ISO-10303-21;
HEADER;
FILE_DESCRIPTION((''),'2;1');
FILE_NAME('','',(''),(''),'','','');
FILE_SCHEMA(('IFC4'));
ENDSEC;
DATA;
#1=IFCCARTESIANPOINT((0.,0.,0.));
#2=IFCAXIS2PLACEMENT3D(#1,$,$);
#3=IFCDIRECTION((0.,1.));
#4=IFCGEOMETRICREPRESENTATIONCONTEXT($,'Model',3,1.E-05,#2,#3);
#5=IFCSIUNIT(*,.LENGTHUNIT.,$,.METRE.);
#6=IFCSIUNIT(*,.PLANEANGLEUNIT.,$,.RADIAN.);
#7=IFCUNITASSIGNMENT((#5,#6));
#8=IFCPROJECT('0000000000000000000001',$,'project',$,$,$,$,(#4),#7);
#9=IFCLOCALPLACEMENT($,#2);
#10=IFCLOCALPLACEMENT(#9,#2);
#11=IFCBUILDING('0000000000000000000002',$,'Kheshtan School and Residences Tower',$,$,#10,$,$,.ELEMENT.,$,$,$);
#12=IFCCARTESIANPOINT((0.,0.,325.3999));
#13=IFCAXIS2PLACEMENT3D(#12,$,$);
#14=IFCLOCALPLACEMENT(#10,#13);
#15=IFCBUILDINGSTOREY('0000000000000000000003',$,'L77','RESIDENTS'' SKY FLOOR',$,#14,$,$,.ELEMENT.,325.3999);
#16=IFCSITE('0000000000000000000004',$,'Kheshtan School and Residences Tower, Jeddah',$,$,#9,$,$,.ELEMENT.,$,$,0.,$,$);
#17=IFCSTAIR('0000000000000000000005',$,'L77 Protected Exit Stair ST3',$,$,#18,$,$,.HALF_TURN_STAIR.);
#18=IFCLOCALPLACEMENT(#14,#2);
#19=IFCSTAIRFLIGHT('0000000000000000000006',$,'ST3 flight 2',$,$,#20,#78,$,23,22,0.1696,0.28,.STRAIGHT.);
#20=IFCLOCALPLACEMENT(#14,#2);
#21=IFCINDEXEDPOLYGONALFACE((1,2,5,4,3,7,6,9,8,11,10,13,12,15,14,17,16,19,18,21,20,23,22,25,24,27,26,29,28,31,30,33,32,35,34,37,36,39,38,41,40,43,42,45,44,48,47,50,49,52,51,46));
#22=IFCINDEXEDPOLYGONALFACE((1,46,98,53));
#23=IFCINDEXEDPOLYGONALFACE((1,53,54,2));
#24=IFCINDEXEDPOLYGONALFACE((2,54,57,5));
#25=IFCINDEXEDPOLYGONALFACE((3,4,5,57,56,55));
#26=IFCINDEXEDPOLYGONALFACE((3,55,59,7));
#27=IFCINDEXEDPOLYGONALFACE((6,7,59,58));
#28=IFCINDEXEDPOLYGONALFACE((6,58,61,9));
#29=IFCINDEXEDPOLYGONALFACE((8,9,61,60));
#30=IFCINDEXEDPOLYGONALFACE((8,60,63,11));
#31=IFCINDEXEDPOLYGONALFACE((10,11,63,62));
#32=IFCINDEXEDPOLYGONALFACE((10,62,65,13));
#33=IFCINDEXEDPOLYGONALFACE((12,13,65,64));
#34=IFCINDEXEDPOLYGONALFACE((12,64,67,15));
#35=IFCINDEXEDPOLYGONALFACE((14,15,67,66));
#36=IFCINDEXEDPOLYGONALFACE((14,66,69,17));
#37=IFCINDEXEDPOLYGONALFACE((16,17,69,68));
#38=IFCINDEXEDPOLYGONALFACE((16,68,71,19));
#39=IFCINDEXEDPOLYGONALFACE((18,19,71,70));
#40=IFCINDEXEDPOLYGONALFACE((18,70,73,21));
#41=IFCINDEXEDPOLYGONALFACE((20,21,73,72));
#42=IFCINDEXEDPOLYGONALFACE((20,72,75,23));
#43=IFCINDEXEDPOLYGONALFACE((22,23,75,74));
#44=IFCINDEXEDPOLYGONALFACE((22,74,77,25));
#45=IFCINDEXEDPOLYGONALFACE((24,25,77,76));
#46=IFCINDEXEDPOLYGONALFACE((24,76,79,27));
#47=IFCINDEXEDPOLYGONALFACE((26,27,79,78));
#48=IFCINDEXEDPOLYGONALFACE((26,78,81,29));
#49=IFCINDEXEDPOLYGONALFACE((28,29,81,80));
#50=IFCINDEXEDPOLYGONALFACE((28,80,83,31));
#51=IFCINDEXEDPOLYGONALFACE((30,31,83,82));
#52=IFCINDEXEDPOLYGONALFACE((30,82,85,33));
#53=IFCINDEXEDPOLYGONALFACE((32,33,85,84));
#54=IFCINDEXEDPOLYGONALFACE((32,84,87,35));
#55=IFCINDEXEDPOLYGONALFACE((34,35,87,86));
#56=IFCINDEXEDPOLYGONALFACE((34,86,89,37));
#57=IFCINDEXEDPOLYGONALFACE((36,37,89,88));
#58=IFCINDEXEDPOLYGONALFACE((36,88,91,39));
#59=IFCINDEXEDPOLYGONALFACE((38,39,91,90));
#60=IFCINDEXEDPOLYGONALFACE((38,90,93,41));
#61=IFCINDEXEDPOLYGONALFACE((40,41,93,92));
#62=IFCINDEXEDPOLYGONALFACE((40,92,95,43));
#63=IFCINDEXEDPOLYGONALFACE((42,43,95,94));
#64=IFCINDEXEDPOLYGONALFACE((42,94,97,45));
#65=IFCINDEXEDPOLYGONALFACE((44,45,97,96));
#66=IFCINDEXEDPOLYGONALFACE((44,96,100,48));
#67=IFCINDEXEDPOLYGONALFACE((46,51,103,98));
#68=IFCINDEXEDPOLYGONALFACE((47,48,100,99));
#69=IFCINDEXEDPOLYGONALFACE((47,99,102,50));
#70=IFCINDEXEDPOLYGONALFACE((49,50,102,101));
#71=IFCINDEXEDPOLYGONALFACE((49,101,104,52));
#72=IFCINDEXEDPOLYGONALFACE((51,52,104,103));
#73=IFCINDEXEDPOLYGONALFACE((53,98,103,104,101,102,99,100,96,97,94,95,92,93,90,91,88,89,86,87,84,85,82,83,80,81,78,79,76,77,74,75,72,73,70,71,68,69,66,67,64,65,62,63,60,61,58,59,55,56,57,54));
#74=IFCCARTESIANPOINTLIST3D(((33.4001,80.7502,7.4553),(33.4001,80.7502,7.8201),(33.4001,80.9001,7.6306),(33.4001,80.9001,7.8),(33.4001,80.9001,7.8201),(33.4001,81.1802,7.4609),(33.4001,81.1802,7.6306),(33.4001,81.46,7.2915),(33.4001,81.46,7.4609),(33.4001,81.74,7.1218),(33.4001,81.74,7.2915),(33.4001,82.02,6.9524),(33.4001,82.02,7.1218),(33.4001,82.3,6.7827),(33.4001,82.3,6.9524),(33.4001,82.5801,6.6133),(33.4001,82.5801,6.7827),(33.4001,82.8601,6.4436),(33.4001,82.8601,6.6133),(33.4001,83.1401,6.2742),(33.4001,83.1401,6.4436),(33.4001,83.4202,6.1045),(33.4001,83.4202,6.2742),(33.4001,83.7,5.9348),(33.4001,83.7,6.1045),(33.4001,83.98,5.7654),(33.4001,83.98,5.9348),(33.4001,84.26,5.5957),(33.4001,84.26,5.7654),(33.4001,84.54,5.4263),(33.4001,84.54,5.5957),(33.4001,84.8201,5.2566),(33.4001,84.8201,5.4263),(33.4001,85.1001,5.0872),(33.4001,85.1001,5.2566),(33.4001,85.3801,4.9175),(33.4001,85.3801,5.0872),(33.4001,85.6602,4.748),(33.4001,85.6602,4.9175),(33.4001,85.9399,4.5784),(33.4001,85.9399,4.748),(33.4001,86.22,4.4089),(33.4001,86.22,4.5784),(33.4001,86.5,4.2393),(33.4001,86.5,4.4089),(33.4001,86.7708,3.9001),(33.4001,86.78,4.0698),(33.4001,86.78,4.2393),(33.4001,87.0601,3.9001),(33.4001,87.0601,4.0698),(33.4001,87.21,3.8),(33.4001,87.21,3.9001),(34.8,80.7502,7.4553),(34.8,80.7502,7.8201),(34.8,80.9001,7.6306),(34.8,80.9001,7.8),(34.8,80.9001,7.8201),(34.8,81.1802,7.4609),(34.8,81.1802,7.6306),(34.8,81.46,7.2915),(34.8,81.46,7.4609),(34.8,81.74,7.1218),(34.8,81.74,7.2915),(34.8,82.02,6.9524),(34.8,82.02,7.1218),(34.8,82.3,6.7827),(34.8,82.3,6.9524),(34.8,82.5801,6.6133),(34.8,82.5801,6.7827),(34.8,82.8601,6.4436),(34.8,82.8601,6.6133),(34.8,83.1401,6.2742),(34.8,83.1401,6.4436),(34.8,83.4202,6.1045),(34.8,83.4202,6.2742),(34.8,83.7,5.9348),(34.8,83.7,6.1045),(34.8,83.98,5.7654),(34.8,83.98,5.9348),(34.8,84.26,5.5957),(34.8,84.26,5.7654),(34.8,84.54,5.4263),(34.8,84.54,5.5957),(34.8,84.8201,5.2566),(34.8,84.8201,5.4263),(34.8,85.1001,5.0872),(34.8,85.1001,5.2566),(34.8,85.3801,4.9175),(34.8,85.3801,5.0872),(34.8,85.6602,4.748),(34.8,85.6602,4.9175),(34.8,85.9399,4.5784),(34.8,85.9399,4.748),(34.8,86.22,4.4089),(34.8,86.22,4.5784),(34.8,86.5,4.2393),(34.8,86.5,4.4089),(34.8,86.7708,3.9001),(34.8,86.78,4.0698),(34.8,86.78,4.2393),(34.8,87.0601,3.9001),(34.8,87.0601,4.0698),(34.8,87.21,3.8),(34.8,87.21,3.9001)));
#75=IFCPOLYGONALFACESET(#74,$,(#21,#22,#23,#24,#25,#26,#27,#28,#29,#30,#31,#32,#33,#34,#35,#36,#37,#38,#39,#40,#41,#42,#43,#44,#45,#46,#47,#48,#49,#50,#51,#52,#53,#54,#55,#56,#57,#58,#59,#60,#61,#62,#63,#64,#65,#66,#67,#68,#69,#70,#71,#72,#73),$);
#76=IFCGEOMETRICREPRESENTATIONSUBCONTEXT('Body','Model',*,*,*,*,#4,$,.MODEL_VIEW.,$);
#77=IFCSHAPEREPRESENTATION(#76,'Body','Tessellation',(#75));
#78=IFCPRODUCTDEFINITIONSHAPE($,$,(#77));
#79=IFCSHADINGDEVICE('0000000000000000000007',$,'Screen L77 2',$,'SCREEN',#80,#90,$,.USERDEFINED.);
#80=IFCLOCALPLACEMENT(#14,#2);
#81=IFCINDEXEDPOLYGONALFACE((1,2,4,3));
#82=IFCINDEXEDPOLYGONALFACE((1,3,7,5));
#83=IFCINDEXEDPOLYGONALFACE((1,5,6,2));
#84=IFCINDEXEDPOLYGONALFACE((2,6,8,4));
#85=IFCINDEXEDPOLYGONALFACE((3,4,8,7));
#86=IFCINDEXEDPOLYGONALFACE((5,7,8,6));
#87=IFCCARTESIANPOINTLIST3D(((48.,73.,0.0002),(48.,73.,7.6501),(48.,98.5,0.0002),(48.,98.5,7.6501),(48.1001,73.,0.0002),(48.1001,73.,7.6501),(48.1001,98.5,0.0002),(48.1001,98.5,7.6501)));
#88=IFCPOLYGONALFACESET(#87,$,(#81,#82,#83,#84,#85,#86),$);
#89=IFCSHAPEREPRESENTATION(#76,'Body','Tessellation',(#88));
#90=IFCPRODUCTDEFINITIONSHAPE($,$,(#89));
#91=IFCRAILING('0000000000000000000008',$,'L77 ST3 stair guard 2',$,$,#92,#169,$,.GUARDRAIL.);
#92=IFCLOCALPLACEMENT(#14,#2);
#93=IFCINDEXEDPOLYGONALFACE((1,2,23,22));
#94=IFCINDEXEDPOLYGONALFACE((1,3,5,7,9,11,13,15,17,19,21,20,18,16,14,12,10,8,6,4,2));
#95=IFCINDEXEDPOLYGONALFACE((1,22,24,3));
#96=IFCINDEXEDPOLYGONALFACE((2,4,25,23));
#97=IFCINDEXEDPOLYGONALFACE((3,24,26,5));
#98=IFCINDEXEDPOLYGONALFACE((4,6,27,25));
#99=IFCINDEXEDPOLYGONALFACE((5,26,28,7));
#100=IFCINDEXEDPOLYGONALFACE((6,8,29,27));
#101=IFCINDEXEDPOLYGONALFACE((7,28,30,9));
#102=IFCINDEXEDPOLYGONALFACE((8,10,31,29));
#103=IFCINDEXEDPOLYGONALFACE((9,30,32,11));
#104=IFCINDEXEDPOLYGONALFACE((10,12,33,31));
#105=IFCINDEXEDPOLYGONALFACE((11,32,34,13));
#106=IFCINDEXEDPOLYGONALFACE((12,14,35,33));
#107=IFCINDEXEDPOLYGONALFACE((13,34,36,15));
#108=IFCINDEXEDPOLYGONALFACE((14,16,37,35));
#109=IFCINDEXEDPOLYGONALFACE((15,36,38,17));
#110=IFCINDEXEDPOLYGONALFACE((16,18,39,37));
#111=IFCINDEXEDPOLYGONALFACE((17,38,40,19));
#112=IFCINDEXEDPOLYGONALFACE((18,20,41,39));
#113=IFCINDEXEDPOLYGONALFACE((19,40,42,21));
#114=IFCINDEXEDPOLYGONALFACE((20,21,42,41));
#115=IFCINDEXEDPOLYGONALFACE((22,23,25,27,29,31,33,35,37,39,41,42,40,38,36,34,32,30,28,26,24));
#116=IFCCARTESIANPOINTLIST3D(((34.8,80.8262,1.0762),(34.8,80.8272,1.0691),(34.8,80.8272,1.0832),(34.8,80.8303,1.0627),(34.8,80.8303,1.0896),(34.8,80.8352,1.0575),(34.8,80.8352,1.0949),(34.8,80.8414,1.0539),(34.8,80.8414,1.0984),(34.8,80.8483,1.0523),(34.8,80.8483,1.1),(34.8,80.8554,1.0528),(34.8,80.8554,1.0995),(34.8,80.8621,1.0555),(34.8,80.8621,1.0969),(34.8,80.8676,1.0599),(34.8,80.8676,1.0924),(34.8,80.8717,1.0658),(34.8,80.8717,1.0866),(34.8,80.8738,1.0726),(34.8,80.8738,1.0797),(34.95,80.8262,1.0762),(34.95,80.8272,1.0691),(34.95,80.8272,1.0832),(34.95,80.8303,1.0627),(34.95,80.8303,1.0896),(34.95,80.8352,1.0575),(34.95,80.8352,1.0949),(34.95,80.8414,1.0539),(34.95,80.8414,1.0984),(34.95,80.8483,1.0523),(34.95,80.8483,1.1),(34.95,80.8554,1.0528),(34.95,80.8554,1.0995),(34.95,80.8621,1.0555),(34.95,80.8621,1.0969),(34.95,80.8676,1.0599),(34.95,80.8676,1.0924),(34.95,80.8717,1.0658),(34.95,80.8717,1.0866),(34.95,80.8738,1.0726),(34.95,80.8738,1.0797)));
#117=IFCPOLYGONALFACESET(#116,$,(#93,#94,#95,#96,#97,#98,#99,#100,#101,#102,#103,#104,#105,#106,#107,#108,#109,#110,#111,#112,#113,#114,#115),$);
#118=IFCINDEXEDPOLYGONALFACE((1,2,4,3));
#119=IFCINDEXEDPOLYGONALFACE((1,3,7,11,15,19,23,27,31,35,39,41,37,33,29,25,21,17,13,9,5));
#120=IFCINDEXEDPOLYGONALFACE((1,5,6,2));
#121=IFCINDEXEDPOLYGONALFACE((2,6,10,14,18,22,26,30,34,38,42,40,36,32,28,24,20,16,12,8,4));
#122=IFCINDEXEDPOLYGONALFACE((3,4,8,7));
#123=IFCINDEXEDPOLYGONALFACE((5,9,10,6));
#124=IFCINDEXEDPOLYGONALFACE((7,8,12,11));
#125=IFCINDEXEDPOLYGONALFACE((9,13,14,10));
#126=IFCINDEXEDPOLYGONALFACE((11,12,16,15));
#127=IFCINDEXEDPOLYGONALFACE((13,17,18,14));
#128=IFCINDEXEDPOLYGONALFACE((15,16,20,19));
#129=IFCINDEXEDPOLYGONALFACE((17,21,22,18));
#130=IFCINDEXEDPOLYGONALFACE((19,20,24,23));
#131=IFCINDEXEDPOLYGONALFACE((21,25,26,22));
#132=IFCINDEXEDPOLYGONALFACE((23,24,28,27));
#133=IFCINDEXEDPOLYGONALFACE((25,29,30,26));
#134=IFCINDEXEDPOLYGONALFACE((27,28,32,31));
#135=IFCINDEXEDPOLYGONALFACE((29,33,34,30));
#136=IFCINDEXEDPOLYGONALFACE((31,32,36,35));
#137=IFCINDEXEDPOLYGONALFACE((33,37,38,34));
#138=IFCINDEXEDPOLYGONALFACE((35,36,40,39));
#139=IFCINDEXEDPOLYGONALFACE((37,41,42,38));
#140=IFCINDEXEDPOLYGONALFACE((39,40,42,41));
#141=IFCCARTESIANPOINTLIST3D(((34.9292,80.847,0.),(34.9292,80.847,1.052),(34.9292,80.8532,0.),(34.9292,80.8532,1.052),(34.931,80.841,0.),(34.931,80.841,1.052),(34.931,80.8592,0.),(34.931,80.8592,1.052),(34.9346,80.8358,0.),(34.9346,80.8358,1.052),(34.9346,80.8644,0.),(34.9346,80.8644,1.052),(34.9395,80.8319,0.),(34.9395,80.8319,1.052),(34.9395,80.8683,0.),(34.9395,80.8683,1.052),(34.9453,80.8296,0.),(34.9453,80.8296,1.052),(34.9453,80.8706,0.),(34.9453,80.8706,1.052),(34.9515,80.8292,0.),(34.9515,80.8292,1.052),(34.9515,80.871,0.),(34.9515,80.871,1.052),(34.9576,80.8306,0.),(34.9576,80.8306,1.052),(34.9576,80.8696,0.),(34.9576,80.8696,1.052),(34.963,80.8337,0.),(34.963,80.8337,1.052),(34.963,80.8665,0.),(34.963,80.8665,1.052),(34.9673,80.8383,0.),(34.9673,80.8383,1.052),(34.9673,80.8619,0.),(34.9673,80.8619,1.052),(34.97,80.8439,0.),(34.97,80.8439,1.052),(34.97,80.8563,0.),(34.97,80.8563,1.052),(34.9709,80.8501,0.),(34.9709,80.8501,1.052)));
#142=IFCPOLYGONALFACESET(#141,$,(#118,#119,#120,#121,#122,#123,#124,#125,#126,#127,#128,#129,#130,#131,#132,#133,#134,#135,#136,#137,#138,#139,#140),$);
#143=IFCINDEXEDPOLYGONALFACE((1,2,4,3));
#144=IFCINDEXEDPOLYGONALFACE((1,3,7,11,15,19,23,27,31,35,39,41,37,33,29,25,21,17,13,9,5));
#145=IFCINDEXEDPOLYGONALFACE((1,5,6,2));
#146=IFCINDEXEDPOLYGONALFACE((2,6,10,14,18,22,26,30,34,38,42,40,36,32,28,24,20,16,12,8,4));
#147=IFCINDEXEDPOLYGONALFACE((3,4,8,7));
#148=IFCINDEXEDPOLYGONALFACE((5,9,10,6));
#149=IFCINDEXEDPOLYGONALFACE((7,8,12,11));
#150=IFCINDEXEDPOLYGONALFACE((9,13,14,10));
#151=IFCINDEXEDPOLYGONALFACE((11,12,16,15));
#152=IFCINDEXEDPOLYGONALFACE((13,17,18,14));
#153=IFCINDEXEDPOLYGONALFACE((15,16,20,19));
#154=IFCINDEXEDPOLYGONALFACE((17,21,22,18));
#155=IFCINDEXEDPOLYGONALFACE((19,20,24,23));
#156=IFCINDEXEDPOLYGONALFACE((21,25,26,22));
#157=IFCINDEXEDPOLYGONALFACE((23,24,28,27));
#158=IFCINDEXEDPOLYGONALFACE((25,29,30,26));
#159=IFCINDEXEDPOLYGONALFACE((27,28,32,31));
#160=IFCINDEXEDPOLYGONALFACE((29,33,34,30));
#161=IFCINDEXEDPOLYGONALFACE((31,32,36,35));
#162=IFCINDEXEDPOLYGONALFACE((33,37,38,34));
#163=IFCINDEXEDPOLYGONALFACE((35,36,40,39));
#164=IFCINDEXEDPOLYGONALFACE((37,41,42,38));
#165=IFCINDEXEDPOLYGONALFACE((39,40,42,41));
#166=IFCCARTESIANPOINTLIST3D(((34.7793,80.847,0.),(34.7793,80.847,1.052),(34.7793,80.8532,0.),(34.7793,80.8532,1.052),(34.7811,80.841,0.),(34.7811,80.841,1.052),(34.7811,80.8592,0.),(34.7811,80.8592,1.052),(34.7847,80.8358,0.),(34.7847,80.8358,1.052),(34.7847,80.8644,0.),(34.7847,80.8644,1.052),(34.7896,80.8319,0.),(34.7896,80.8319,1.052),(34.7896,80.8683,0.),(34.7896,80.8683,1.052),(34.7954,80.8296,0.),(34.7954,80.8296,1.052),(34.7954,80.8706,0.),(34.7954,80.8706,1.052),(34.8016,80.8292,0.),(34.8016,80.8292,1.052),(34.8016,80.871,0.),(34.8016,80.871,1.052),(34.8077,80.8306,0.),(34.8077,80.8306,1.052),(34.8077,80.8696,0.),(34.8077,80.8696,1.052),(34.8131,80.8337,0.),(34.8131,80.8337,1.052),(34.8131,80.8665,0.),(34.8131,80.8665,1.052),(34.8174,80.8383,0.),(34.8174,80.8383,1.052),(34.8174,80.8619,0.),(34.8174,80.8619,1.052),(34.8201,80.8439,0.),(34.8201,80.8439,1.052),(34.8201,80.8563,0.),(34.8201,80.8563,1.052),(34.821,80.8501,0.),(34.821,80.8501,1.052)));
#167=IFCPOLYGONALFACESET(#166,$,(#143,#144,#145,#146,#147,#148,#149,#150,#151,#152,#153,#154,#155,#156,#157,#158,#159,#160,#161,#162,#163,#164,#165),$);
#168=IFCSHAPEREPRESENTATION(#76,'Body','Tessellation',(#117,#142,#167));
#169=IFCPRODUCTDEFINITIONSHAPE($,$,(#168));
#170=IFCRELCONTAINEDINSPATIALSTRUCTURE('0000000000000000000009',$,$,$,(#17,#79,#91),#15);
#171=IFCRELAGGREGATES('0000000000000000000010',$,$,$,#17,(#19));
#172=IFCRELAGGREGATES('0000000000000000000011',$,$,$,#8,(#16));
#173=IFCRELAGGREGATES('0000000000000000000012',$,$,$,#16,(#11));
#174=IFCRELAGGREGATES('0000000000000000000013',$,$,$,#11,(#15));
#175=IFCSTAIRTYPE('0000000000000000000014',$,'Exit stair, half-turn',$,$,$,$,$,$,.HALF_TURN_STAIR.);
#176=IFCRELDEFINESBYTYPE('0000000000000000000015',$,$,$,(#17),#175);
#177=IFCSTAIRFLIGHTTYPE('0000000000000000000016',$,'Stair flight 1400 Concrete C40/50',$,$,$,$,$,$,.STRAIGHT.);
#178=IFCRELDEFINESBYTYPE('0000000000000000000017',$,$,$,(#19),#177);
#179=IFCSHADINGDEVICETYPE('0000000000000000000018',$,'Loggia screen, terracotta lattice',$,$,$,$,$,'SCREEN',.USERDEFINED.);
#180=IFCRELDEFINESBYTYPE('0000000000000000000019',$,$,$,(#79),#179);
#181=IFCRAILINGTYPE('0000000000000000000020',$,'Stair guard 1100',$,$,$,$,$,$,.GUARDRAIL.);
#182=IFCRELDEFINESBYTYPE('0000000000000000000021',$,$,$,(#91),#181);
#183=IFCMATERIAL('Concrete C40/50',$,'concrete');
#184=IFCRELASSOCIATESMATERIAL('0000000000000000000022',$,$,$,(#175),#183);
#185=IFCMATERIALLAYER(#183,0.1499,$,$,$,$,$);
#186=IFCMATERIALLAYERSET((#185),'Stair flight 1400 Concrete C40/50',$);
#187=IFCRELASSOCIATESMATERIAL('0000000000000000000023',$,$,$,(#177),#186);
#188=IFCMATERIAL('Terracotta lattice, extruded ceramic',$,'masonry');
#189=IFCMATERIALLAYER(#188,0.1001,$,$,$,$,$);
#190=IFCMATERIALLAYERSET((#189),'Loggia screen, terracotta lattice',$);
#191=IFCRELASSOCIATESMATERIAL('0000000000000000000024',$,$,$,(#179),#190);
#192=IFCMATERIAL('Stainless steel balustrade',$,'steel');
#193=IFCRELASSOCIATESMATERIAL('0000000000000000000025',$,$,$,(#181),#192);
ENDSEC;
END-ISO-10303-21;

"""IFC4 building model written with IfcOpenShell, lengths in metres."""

from ifc_helpers import new_model, si_unit, direction, frame, origin, origin_2d, place, context, subcontext, project, spatial, polyline, rectangle, circle, outline, extrude, material, layer, layer_set, type_object, element, aggregate, save


model = new_model("IFC4")

# Units and contexts
model_context = context("Model", 3, precision=1e-05, world=origin(), true_north=direction((0.0, 1.0)))
body_context = subcontext(model_context, "Body", "Model", "MODEL_VIEW")
ifc_project = project(units=[si_unit("LENGTHUNIT", "METRE"), si_unit("PLANEANGLEUNIT", "RADIAN")], contexts=[model_context])

# Site, building, storey
site_placement = place(None, origin())
site = spatial("IfcSite", under=ifc_project, at=site_placement, Name="Kheshtan School and Residences Tower, Jeddah", CompositionType="ELEMENT", RefElevation=0.0)
building_placement = place(site_placement, origin())
building = spatial("IfcBuilding", under=site, at=building_placement, Name="Kheshtan School and Residences Tower", CompositionType="ELEMENT")
storey_placement = place(building_placement, frame((0.0, 0.0, 325.3999)))
storey = spatial("IfcBuildingStorey", under=building, at=storey_placement, Name="L77", Description="RESIDENTS' SKY FLOOR", CompositionType="ELEMENT", Elevation=325.3999)

# Shared definitions
ifc_material_1 = material(Name="Concrete C40/50", Category="concrete")

# Stair, stair flight
stair_type = type_object("IfcStairType", Name="Exit stair, half-turn", PredefinedType="HALF_TURN_STAIR", material=ifc_material_1)
stair_placement = place(storey_placement, origin())
stair = element("IfcStair", 1, at=stair_placement, inside=storey, type_object=stair_type, Name="L77 Protected Exit Stair ST3", PredefinedType="HALF_TURN_STAIR")
ifc_layer_1 = layer(ifc_material_1, 0.1499)
ifc_layer_set_1 = layer_set([ifc_layer_1], Name="Stair flight 1400 Concrete C40/50")
stair_flight_type = type_object("IfcStairFlightType", Name="Stair flight 1400 Concrete C40/50", PredefinedType="STRAIGHT", material=ifc_layer_set_1)
stair_flight_1_placement = place(storey_placement, frame((34.1001, 87.0601, 3.9001), z_axis=(0.0, 0.0, 1.0), x_axis=(0.0, -1.0, 0.0)))
stair_flight_1 = element("IfcStairFlight", 2, at=stair_flight_1_placement, type_object=stair_flight_type, Name="ST3 flight 2", NumberOfRisers=23, NumberOfTreads=22, PredefinedType="STRAIGHT", RiserHeight=0.1696, TreadLength=0.28, context=body_context, shape_type="SweptSolid", body=[
    extrude(outline(polyline([(-0.1499, -0.1001), (-0.1499, 0.0), (0.0, 0.0), (0.0, 0.1697), (0.28, 0.1697), (0.28, 0.3391), (0.5601, 0.3391), (0.5601, 0.5088), (0.8401, 0.5088), (0.8401, 0.6782), (1.1201, 0.6782), (1.1201, 0.8479), (1.3999, 0.8479), (1.3999, 1.0173), (1.6799, 1.0173), (1.6799, 1.187), (1.96, 1.187), (1.96, 1.3564), (2.24, 1.3564), (2.24, 1.5261), (2.52, 1.5261), (2.52, 1.6956), (2.8, 1.6956), (2.8, 1.8652), (3.0801, 1.8652), (3.0801, 2.0347), (3.3601, 2.0347), (3.3601, 2.2043), (3.6399, 2.2043), (3.6399, 2.374), (3.9199, 2.374), (3.9199, 2.5435), (4.2, 2.5435), (4.2, 2.7131), (4.48, 2.7131), (4.48, 2.8826), (4.76, 2.8826), (4.76, 3.0522), (5.04, 3.0522), (5.04, 3.2217), (5.3201, 3.2217), (5.3201, 3.3914), (5.6001, 3.3914), (5.6001, 3.5608), (5.8799, 3.5608), (5.8799, 3.7305), (6.1599, 3.7305), (6.1599, 3.8999), (6.1599, 3.9199), (6.3098, 3.9199), (6.3098, 3.5552), (0.2893, 0.0), (-0.1499, -0.1001)])), frame((0.0, 0.7, 0.0), z_axis=(0.0, -1.0, 0.0), x_axis=(1.0, 0.0, 0.0)), (0.0, 0.0, 1.0), 1.3999),
])
aggregate(stair, [stair_flight_1])

# Shading device
ifc_material_2 = material(Name="Terracotta lattice, extruded ceramic", Category="masonry")
ifc_layer_2 = layer(ifc_material_2, 0.1001)
ifc_layer_set_2 = layer_set([ifc_layer_2], Name="Loggia screen, terracotta lattice")
shading_device_type = type_object("IfcShadingDeviceType", Name="Loggia screen, terracotta lattice", ElementType="SCREEN", PredefinedType="USERDEFINED", material=ifc_layer_set_2)
shading_device_placement = place(storey_placement, frame((48.05, 85.75, 0.0002), z_axis=(0.0, 0.0, 1.0), x_axis=(0.0, -1.0, 0.0)))
element("IfcShadingDevice", 3, at=shading_device_placement, inside=storey, type_object=shading_device_type, Name="Screen L77 2", ObjectType="SCREEN", PredefinedType="USERDEFINED", context=body_context, shape_type="SweptSolid", body=[
    extrude(rectangle(XDim=25.5, YDim=0.1001, at=origin_2d()), origin(), (0.0, 0.0, 1.0), 7.6499),
])

# Railing
ifc_material_3 = material(Name="Stainless steel balustrade", Category="steel")
railing_type_1 = type_object("IfcRailingType", Name="Stair guard 1100", PredefinedType="GUARDRAIL", material=ifc_material_3)
railing_1_placement = place(storey_placement, frame((34.95, 80.8501, 0.0)))
element("IfcRailing", 4, at=railing_1_placement, inside=storey, type_object=railing_type_1, Name="L77 ST3 stair guard 2", PredefinedType="GUARDRAIL", context=body_context, shape_type="SweptSolid", body=[
    extrude(circle(Radius=0.0239, at=origin_2d()), frame((0.0, 0.0, 1.0762), z_axis=(-1.0, 0.0, 0.0), x_axis=(0.0, -1.0, 0.0)), (0.0, 0.0, 1.0), 0.1499),
    extrude(circle(Radius=0.021, at=origin_2d()), origin(), (0.0, 0.0, 1.0), 1.052),
    extrude(circle(Radius=0.021, at=origin_2d()), frame((-0.1499, 0.0, 0.0)), (0.0, 0.0, 1.0), 1.052),
])

save(model, "model.ifc")
